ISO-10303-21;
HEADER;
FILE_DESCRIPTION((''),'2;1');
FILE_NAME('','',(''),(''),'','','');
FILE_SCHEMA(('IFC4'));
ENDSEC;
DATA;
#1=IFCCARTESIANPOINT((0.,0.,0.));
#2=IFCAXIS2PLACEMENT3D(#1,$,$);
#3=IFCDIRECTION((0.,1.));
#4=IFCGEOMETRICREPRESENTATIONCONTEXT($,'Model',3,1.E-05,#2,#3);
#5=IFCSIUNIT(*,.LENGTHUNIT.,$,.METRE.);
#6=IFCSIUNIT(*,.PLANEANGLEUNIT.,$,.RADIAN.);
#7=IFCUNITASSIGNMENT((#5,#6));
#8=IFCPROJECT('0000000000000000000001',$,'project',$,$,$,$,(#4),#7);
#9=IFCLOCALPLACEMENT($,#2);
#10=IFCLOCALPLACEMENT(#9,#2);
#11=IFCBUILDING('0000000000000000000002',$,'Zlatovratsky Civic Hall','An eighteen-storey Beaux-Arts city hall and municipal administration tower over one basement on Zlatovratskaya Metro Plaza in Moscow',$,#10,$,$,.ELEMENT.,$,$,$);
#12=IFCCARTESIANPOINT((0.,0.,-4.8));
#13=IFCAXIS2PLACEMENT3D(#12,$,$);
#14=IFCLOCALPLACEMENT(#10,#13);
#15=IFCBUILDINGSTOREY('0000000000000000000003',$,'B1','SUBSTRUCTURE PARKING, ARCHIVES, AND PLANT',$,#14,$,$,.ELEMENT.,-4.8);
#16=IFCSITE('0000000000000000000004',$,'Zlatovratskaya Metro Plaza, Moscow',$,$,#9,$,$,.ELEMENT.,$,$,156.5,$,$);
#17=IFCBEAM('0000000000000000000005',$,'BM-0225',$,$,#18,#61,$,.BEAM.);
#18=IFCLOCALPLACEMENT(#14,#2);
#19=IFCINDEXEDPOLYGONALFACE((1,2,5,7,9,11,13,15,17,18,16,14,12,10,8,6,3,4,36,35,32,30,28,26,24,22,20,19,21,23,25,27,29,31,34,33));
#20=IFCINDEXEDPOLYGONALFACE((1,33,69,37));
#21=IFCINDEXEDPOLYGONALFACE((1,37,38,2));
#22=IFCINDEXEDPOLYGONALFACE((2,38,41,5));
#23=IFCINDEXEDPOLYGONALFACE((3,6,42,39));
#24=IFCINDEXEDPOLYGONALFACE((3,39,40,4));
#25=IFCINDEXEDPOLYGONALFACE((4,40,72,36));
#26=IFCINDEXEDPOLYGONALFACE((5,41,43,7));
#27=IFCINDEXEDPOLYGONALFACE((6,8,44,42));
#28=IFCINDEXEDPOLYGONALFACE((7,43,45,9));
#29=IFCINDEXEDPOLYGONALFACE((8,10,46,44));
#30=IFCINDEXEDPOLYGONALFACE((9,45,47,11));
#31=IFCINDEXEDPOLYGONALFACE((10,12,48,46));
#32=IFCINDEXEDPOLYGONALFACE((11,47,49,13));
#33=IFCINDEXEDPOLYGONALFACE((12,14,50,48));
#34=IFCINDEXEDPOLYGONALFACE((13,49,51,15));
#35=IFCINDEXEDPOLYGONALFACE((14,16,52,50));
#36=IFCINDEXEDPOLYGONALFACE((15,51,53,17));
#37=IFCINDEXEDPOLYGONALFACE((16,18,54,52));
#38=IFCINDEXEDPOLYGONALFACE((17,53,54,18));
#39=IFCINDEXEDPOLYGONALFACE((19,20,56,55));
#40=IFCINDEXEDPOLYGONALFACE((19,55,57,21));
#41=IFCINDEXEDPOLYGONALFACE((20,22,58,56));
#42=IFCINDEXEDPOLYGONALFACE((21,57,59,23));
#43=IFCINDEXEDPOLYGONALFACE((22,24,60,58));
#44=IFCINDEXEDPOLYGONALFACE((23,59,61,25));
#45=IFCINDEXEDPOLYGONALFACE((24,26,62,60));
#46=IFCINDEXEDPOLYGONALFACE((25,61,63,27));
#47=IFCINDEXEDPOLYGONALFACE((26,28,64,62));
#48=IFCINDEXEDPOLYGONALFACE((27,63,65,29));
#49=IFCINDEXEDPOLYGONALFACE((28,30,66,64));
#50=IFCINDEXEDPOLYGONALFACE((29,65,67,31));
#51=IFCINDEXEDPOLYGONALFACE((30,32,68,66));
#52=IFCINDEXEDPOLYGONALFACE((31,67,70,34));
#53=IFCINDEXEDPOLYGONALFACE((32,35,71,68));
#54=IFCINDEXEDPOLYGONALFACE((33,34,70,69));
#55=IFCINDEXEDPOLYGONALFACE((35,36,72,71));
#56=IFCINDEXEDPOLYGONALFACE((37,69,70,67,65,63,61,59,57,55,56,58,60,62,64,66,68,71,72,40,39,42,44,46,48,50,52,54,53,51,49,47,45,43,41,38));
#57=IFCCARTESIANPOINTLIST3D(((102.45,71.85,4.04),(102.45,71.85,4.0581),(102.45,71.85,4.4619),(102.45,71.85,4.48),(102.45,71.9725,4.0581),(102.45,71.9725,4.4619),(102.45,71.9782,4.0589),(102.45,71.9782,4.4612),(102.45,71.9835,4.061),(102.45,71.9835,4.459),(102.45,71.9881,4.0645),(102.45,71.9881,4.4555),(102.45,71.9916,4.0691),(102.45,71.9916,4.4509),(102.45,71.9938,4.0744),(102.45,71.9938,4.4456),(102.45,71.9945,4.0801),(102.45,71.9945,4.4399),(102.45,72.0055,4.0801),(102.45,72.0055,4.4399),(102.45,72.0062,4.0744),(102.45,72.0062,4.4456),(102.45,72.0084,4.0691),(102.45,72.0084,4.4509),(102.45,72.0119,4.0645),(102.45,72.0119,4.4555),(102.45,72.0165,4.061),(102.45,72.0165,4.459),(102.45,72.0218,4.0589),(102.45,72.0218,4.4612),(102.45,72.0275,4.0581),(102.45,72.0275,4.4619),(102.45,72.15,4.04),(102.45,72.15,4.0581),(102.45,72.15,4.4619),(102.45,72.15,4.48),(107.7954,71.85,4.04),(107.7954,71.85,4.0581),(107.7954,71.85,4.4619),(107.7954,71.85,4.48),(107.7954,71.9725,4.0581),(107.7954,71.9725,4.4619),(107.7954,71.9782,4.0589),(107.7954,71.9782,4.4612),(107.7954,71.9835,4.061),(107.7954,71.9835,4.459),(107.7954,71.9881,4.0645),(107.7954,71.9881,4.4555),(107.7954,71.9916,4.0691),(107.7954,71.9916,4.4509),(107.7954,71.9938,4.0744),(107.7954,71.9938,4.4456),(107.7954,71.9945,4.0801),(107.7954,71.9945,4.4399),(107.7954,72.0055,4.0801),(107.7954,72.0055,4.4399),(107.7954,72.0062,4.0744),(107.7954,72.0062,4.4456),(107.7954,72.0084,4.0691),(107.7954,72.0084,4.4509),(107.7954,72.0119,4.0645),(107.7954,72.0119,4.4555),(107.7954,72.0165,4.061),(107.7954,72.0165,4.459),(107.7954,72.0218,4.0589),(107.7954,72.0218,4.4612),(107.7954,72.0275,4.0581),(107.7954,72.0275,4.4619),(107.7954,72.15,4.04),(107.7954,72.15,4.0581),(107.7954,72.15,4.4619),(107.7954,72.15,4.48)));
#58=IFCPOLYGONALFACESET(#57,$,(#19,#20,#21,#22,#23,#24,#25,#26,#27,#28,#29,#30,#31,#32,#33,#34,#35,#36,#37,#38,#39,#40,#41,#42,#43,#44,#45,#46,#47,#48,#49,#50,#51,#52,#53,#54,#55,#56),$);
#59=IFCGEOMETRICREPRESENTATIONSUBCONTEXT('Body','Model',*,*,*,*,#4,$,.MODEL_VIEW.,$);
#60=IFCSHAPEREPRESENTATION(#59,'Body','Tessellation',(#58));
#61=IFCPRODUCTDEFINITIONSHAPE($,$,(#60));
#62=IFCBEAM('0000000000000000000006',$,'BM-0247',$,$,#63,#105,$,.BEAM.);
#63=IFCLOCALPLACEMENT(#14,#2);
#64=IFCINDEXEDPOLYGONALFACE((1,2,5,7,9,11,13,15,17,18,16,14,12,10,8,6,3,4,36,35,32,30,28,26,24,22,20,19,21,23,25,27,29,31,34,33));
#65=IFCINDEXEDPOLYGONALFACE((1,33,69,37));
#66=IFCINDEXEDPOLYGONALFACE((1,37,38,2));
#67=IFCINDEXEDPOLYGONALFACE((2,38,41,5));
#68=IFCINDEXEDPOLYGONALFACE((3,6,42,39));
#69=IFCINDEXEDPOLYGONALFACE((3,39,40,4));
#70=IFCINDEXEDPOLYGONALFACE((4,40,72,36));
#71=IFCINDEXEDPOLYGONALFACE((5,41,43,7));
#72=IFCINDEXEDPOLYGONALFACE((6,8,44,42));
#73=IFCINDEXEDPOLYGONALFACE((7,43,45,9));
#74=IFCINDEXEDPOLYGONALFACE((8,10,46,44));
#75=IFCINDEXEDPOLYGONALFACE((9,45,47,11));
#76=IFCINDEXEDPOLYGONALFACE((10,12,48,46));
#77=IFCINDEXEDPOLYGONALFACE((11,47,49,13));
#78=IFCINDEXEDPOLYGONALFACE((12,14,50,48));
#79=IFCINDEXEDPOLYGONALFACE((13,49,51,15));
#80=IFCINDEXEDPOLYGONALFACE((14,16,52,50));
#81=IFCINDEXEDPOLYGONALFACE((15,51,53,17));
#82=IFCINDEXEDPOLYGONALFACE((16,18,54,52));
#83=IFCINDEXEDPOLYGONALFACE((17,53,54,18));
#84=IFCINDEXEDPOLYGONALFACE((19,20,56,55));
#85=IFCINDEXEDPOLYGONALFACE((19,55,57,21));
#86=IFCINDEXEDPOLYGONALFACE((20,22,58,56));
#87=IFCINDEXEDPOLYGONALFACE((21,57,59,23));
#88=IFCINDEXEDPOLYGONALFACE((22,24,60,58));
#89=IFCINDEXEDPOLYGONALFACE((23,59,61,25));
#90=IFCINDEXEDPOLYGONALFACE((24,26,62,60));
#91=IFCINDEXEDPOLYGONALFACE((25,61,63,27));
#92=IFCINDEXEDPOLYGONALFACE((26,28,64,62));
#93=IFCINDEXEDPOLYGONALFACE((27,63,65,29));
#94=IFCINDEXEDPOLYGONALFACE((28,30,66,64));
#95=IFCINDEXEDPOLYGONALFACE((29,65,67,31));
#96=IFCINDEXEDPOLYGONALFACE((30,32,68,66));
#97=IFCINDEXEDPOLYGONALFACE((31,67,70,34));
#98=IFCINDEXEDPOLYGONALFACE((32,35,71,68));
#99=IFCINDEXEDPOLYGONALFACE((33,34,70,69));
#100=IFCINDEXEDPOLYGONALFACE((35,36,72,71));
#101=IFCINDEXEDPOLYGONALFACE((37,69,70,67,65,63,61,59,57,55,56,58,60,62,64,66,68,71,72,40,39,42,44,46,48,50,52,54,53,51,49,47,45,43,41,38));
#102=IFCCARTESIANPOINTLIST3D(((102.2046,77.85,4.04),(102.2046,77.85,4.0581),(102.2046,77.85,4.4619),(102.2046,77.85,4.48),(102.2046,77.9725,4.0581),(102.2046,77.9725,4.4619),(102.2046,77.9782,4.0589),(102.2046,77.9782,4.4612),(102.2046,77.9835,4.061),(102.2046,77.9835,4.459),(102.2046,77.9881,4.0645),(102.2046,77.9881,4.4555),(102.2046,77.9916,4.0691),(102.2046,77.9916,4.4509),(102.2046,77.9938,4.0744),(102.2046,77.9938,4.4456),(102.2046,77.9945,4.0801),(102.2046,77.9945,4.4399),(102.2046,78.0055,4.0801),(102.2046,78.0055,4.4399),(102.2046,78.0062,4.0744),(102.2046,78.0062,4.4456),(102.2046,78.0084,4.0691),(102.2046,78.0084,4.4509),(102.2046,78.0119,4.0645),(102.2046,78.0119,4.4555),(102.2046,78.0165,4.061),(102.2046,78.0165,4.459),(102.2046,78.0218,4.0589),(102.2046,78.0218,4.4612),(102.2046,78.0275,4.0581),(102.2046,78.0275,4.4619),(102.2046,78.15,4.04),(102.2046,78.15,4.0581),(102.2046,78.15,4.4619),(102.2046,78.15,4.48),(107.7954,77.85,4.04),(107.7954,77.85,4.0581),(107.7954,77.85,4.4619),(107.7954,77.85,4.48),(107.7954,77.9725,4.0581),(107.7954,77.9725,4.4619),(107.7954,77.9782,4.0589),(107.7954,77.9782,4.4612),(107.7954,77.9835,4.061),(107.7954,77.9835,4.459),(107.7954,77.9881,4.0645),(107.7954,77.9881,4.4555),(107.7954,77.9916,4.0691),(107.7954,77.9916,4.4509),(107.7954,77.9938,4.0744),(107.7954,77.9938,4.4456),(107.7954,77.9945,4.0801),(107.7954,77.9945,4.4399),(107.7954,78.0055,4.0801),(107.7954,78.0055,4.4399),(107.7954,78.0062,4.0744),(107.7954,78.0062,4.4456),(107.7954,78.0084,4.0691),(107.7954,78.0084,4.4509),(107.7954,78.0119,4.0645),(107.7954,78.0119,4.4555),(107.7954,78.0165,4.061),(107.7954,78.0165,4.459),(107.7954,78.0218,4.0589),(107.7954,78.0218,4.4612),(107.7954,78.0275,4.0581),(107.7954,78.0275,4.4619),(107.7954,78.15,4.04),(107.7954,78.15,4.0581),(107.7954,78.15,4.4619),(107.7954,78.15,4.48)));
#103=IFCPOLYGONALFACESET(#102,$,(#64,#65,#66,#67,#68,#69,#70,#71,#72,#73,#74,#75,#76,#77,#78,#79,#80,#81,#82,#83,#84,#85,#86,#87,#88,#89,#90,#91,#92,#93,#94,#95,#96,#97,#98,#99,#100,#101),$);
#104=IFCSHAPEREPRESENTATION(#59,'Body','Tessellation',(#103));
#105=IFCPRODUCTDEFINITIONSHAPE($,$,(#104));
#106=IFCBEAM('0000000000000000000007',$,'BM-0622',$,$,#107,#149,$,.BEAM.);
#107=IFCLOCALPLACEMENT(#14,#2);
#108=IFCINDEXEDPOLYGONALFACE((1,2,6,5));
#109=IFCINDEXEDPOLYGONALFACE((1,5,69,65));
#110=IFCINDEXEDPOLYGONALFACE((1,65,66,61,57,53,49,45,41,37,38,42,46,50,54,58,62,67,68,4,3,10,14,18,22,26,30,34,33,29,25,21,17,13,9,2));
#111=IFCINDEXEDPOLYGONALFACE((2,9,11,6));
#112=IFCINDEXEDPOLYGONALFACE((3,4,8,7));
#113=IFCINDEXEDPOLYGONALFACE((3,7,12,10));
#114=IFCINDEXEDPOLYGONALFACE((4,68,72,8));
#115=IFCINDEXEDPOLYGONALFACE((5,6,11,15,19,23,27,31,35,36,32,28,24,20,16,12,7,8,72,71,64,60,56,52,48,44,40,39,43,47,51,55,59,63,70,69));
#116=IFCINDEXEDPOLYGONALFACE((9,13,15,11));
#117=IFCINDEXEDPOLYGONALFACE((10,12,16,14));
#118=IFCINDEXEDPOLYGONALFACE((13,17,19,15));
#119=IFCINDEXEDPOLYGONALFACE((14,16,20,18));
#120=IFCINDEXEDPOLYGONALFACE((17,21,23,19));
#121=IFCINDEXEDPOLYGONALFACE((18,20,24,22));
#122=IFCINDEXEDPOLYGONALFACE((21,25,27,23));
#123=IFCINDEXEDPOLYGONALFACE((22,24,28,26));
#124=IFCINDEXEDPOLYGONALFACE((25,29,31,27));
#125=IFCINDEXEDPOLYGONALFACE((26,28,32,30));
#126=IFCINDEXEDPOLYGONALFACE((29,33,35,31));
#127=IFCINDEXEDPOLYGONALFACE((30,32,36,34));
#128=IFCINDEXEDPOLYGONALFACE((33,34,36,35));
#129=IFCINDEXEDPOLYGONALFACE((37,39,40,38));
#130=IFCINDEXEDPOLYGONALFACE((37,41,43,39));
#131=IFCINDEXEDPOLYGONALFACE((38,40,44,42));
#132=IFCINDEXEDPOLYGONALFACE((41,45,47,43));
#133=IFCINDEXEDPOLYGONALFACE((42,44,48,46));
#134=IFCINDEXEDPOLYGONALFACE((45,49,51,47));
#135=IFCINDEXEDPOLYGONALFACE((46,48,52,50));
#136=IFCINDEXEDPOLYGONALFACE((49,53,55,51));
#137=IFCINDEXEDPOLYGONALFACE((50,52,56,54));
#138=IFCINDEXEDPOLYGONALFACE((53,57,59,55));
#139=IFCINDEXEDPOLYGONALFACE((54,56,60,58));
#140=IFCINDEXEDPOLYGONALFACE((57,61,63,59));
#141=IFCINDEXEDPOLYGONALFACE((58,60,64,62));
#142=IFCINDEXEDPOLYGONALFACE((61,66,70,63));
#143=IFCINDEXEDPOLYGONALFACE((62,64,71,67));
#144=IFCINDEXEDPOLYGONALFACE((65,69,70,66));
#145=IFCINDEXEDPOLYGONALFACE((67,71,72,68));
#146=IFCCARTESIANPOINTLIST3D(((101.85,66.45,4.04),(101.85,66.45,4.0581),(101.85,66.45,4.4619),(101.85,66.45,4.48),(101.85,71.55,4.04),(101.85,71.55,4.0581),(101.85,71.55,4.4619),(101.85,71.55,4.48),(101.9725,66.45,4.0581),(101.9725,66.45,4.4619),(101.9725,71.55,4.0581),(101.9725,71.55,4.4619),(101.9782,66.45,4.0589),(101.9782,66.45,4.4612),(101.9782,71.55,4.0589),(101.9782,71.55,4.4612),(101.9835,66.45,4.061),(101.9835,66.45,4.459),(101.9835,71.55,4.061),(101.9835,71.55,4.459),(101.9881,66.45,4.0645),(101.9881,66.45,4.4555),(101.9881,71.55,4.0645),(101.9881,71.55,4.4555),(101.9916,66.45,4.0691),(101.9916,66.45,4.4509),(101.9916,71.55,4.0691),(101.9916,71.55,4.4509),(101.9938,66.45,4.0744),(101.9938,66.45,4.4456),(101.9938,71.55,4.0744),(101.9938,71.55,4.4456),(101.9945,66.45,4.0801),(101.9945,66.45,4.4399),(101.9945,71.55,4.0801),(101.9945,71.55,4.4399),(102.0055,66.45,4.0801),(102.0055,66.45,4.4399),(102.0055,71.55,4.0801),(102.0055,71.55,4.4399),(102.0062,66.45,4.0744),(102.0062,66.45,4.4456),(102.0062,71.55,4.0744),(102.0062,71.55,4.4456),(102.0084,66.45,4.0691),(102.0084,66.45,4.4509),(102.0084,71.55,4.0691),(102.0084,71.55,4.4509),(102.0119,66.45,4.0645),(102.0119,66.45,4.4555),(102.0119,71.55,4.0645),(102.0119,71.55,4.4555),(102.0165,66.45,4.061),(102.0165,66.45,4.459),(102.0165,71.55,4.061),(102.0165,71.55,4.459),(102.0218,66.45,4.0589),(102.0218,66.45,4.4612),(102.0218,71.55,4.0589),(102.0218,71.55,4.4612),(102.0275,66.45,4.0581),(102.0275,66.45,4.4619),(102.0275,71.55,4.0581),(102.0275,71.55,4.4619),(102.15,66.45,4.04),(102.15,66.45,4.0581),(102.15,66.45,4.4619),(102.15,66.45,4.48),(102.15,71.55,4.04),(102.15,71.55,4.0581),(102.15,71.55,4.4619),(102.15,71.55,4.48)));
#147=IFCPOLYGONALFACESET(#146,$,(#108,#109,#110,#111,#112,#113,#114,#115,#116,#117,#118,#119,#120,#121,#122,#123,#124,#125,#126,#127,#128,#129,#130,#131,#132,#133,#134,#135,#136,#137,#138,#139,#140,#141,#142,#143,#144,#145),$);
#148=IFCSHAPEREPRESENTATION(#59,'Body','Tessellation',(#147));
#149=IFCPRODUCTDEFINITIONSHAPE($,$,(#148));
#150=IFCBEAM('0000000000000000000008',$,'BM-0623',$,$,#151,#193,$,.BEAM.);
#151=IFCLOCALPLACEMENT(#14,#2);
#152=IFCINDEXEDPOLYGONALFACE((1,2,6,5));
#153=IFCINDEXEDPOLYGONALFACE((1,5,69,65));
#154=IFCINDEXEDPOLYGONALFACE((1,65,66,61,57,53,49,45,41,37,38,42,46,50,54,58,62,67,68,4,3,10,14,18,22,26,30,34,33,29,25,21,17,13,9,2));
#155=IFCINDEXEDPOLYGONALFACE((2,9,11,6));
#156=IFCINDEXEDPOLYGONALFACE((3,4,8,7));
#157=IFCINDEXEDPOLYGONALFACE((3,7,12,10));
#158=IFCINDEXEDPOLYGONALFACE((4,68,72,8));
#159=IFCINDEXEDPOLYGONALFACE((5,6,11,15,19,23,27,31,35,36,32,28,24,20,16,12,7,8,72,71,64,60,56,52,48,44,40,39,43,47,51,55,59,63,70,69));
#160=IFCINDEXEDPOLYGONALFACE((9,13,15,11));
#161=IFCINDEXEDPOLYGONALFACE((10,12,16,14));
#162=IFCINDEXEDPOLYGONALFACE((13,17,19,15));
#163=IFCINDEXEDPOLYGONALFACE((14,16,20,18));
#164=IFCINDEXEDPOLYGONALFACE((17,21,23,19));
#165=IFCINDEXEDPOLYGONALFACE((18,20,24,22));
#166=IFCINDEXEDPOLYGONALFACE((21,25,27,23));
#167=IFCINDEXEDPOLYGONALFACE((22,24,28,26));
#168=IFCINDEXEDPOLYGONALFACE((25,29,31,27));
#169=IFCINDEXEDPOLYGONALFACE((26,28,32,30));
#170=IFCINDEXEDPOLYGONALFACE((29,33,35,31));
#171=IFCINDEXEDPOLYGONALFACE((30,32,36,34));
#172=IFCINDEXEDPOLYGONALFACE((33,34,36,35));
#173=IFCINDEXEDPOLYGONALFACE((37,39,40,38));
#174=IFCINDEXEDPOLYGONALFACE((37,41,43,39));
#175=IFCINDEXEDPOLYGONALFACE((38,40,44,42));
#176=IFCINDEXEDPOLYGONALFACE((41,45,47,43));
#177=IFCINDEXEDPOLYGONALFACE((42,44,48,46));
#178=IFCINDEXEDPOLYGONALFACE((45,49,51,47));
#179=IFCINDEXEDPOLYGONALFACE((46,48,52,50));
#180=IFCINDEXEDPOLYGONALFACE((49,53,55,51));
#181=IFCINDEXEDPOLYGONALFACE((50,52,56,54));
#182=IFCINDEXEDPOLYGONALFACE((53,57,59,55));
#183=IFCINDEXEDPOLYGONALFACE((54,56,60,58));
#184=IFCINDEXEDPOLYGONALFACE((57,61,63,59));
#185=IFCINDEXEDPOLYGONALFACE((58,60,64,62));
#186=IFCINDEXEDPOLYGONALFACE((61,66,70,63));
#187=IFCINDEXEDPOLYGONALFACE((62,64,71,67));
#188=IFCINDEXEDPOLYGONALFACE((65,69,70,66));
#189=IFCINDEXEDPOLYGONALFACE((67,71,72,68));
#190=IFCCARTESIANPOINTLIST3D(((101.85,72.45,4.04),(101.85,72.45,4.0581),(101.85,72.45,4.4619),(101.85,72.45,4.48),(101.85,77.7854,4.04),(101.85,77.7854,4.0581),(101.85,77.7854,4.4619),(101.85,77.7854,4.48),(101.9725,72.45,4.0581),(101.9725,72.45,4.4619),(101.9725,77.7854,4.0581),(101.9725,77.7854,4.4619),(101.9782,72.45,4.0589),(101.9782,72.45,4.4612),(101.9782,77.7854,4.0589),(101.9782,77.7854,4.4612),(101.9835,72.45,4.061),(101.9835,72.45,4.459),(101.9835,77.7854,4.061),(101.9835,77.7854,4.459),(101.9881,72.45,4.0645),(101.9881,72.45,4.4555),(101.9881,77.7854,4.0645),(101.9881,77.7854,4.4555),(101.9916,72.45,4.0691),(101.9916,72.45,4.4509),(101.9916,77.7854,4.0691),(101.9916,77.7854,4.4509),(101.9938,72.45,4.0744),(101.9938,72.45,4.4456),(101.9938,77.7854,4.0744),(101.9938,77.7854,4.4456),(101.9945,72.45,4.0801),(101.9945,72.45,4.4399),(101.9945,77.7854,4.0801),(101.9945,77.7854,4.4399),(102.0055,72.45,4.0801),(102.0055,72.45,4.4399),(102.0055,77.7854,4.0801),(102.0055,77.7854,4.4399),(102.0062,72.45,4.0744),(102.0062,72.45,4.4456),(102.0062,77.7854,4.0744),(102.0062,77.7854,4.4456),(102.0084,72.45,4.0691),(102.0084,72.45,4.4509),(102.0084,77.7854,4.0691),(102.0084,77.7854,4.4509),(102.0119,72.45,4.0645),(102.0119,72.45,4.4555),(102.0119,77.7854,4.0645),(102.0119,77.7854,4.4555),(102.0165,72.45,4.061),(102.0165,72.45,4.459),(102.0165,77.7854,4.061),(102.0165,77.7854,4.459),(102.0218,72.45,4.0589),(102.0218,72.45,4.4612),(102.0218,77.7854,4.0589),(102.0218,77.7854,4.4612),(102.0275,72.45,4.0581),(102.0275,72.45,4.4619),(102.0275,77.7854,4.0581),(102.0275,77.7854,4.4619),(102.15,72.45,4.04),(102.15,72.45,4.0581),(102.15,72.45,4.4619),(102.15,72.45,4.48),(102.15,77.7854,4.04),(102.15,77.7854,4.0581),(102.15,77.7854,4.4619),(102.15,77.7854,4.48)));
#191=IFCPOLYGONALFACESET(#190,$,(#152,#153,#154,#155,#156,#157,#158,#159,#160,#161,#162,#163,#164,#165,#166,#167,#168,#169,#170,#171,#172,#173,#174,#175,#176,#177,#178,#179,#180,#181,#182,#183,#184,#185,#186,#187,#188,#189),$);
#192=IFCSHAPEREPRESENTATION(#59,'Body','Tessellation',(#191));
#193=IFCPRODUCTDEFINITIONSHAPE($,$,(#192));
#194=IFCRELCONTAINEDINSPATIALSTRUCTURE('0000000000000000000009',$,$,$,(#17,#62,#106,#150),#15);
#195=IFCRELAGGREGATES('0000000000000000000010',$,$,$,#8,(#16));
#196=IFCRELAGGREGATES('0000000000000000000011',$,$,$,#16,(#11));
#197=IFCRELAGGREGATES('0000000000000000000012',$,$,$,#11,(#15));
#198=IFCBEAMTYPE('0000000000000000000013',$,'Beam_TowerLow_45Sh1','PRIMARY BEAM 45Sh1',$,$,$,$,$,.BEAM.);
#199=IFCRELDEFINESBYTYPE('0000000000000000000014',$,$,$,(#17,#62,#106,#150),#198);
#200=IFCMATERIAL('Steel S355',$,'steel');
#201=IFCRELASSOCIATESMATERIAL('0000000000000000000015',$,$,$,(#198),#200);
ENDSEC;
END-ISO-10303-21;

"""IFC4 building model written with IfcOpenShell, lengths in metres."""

from ifc_helpers import new_model, si_unit, direction, frame, origin, origin_2d, place, context, subcontext, project, spatial, i_section, extrude, material, material_profile, profile_set, type_object, element, save


model = new_model("IFC4")

# Units and contexts
model_context = context("Model", 3, precision=1e-05, world=origin(), true_north=direction((0.0, 1.0)))
body_context = subcontext(model_context, "Body", "Model", "MODEL_VIEW")
ifc_project = project(units=[si_unit("LENGTHUNIT", "METRE"), si_unit("PLANEANGLEUNIT", "RADIAN")], contexts=[model_context])

# Site, building, storey
site_placement = place(None, origin())
site = spatial("IfcSite", under=ifc_project, at=site_placement, Name="Zlatovratskaya Metro Plaza, Moscow", CompositionType="ELEMENT", RefElevation=156.5)
building_placement = place(site_placement, origin())
building = spatial("IfcBuilding", under=site, at=building_placement, Name="Zlatovratsky Civic Hall", Description="An eighteen-storey Beaux-Arts city hall and municipal administration tower over one basement on Zlatovratskaya Metro Plaza in Moscow", CompositionType="ELEMENT")
storey_placement = place(building_placement, frame((0.0, 0.0, -4.8)))
storey = spatial("IfcBuildingStorey", under=building, at=storey_placement, Name="B1", Description="SUBSTRUCTURE PARKING, ARCHIVES, AND PLANT", CompositionType="ELEMENT", Elevation=-4.8)

# Shared definitions
ifc_material_1 = material(Name="Steel S355", Category="steel")

# Beams
ifc_material_profile_1 = material_profile(ifc_material_1, i_section(OverallWidth=0.3, OverallDepth=0.4399, WebThickness=0.011, FlangeThickness=0.0181, FilletRadius=0.022, at=origin_2d()), Name="45Sh1")
ifc_profile_set_1 = profile_set([ifc_material_profile_1], Name="Steel S355")
beam_type = type_object("IfcBeamType", Name="Beam_TowerLow_45Sh1", Description="PRIMARY BEAM 45Sh1", PredefinedType="BEAM", material=ifc_profile_set_1)
beam_1_placement = place(storey_placement, frame((102.45, 72.0, 4.26), z_axis=(1.0, 0.0, 0.0), x_axis=(0.0, 1.0, 0.0)))
element("IfcBeam", 1, at=beam_1_placement, inside=storey, type_object=beam_type, Name="BM-0225", PredefinedType="BEAM", context=body_context, shape_type="SweptSolid", body=[
    extrude(i_section(OverallWidth=0.3, OverallDepth=0.4399, WebThickness=0.011, FlangeThickness=0.0181, FilletRadius=0.022, at=origin_2d()), origin(), (0.0, 0.0, 1.0), 5.3455),
])
beam_2_placement = place(storey_placement, frame((102.2046, 78.0, 4.26), z_axis=(1.0, 0.0, 0.0), x_axis=(0.0, 1.0, 0.0)))
element("IfcBeam", 2, at=beam_2_placement, inside=storey, type_object=beam_type, Name="BM-0247", PredefinedType="BEAM", context=body_context, shape_type="SweptSolid", body=[
    extrude(i_section(OverallWidth=0.3, OverallDepth=0.4399, WebThickness=0.011, FlangeThickness=0.0181, FilletRadius=0.022, at=origin_2d()), origin(), (0.0, 0.0, 1.0), 5.5908),
])
beam_3_placement = place(storey_placement, frame((102.0, 66.45, 4.26), z_axis=(0.0, 1.0, 0.0), x_axis=(-1.0, 0.0, 0.0)))
element("IfcBeam", 3, at=beam_3_placement, inside=storey, type_object=beam_type, Name="BM-0622", PredefinedType="BEAM", context=body_context, shape_type="SweptSolid", body=[
    extrude(i_section(OverallWidth=0.3, OverallDepth=0.4399, WebThickness=0.011, FlangeThickness=0.0181, FilletRadius=0.022, at=origin_2d()), origin(), (0.0, 0.0, 1.0), 5.1001),
])
beam_4_placement = place(storey_placement, frame((102.0, 72.45, 4.26), z_axis=(0.0, 1.0, 0.0), x_axis=(-1.0, 0.0, 0.0)))
element("IfcBeam", 4, at=beam_4_placement, inside=storey, type_object=beam_type, Name="BM-0623", PredefinedType="BEAM", context=body_context, shape_type="SweptSolid", body=[
    extrude(i_section(OverallWidth=0.3, OverallDepth=0.4399, WebThickness=0.011, FlangeThickness=0.0181, FilletRadius=0.022, at=origin_2d()), origin(), (0.0, 0.0, 1.0), 5.3354),
])

save(model, "model.ifc")
